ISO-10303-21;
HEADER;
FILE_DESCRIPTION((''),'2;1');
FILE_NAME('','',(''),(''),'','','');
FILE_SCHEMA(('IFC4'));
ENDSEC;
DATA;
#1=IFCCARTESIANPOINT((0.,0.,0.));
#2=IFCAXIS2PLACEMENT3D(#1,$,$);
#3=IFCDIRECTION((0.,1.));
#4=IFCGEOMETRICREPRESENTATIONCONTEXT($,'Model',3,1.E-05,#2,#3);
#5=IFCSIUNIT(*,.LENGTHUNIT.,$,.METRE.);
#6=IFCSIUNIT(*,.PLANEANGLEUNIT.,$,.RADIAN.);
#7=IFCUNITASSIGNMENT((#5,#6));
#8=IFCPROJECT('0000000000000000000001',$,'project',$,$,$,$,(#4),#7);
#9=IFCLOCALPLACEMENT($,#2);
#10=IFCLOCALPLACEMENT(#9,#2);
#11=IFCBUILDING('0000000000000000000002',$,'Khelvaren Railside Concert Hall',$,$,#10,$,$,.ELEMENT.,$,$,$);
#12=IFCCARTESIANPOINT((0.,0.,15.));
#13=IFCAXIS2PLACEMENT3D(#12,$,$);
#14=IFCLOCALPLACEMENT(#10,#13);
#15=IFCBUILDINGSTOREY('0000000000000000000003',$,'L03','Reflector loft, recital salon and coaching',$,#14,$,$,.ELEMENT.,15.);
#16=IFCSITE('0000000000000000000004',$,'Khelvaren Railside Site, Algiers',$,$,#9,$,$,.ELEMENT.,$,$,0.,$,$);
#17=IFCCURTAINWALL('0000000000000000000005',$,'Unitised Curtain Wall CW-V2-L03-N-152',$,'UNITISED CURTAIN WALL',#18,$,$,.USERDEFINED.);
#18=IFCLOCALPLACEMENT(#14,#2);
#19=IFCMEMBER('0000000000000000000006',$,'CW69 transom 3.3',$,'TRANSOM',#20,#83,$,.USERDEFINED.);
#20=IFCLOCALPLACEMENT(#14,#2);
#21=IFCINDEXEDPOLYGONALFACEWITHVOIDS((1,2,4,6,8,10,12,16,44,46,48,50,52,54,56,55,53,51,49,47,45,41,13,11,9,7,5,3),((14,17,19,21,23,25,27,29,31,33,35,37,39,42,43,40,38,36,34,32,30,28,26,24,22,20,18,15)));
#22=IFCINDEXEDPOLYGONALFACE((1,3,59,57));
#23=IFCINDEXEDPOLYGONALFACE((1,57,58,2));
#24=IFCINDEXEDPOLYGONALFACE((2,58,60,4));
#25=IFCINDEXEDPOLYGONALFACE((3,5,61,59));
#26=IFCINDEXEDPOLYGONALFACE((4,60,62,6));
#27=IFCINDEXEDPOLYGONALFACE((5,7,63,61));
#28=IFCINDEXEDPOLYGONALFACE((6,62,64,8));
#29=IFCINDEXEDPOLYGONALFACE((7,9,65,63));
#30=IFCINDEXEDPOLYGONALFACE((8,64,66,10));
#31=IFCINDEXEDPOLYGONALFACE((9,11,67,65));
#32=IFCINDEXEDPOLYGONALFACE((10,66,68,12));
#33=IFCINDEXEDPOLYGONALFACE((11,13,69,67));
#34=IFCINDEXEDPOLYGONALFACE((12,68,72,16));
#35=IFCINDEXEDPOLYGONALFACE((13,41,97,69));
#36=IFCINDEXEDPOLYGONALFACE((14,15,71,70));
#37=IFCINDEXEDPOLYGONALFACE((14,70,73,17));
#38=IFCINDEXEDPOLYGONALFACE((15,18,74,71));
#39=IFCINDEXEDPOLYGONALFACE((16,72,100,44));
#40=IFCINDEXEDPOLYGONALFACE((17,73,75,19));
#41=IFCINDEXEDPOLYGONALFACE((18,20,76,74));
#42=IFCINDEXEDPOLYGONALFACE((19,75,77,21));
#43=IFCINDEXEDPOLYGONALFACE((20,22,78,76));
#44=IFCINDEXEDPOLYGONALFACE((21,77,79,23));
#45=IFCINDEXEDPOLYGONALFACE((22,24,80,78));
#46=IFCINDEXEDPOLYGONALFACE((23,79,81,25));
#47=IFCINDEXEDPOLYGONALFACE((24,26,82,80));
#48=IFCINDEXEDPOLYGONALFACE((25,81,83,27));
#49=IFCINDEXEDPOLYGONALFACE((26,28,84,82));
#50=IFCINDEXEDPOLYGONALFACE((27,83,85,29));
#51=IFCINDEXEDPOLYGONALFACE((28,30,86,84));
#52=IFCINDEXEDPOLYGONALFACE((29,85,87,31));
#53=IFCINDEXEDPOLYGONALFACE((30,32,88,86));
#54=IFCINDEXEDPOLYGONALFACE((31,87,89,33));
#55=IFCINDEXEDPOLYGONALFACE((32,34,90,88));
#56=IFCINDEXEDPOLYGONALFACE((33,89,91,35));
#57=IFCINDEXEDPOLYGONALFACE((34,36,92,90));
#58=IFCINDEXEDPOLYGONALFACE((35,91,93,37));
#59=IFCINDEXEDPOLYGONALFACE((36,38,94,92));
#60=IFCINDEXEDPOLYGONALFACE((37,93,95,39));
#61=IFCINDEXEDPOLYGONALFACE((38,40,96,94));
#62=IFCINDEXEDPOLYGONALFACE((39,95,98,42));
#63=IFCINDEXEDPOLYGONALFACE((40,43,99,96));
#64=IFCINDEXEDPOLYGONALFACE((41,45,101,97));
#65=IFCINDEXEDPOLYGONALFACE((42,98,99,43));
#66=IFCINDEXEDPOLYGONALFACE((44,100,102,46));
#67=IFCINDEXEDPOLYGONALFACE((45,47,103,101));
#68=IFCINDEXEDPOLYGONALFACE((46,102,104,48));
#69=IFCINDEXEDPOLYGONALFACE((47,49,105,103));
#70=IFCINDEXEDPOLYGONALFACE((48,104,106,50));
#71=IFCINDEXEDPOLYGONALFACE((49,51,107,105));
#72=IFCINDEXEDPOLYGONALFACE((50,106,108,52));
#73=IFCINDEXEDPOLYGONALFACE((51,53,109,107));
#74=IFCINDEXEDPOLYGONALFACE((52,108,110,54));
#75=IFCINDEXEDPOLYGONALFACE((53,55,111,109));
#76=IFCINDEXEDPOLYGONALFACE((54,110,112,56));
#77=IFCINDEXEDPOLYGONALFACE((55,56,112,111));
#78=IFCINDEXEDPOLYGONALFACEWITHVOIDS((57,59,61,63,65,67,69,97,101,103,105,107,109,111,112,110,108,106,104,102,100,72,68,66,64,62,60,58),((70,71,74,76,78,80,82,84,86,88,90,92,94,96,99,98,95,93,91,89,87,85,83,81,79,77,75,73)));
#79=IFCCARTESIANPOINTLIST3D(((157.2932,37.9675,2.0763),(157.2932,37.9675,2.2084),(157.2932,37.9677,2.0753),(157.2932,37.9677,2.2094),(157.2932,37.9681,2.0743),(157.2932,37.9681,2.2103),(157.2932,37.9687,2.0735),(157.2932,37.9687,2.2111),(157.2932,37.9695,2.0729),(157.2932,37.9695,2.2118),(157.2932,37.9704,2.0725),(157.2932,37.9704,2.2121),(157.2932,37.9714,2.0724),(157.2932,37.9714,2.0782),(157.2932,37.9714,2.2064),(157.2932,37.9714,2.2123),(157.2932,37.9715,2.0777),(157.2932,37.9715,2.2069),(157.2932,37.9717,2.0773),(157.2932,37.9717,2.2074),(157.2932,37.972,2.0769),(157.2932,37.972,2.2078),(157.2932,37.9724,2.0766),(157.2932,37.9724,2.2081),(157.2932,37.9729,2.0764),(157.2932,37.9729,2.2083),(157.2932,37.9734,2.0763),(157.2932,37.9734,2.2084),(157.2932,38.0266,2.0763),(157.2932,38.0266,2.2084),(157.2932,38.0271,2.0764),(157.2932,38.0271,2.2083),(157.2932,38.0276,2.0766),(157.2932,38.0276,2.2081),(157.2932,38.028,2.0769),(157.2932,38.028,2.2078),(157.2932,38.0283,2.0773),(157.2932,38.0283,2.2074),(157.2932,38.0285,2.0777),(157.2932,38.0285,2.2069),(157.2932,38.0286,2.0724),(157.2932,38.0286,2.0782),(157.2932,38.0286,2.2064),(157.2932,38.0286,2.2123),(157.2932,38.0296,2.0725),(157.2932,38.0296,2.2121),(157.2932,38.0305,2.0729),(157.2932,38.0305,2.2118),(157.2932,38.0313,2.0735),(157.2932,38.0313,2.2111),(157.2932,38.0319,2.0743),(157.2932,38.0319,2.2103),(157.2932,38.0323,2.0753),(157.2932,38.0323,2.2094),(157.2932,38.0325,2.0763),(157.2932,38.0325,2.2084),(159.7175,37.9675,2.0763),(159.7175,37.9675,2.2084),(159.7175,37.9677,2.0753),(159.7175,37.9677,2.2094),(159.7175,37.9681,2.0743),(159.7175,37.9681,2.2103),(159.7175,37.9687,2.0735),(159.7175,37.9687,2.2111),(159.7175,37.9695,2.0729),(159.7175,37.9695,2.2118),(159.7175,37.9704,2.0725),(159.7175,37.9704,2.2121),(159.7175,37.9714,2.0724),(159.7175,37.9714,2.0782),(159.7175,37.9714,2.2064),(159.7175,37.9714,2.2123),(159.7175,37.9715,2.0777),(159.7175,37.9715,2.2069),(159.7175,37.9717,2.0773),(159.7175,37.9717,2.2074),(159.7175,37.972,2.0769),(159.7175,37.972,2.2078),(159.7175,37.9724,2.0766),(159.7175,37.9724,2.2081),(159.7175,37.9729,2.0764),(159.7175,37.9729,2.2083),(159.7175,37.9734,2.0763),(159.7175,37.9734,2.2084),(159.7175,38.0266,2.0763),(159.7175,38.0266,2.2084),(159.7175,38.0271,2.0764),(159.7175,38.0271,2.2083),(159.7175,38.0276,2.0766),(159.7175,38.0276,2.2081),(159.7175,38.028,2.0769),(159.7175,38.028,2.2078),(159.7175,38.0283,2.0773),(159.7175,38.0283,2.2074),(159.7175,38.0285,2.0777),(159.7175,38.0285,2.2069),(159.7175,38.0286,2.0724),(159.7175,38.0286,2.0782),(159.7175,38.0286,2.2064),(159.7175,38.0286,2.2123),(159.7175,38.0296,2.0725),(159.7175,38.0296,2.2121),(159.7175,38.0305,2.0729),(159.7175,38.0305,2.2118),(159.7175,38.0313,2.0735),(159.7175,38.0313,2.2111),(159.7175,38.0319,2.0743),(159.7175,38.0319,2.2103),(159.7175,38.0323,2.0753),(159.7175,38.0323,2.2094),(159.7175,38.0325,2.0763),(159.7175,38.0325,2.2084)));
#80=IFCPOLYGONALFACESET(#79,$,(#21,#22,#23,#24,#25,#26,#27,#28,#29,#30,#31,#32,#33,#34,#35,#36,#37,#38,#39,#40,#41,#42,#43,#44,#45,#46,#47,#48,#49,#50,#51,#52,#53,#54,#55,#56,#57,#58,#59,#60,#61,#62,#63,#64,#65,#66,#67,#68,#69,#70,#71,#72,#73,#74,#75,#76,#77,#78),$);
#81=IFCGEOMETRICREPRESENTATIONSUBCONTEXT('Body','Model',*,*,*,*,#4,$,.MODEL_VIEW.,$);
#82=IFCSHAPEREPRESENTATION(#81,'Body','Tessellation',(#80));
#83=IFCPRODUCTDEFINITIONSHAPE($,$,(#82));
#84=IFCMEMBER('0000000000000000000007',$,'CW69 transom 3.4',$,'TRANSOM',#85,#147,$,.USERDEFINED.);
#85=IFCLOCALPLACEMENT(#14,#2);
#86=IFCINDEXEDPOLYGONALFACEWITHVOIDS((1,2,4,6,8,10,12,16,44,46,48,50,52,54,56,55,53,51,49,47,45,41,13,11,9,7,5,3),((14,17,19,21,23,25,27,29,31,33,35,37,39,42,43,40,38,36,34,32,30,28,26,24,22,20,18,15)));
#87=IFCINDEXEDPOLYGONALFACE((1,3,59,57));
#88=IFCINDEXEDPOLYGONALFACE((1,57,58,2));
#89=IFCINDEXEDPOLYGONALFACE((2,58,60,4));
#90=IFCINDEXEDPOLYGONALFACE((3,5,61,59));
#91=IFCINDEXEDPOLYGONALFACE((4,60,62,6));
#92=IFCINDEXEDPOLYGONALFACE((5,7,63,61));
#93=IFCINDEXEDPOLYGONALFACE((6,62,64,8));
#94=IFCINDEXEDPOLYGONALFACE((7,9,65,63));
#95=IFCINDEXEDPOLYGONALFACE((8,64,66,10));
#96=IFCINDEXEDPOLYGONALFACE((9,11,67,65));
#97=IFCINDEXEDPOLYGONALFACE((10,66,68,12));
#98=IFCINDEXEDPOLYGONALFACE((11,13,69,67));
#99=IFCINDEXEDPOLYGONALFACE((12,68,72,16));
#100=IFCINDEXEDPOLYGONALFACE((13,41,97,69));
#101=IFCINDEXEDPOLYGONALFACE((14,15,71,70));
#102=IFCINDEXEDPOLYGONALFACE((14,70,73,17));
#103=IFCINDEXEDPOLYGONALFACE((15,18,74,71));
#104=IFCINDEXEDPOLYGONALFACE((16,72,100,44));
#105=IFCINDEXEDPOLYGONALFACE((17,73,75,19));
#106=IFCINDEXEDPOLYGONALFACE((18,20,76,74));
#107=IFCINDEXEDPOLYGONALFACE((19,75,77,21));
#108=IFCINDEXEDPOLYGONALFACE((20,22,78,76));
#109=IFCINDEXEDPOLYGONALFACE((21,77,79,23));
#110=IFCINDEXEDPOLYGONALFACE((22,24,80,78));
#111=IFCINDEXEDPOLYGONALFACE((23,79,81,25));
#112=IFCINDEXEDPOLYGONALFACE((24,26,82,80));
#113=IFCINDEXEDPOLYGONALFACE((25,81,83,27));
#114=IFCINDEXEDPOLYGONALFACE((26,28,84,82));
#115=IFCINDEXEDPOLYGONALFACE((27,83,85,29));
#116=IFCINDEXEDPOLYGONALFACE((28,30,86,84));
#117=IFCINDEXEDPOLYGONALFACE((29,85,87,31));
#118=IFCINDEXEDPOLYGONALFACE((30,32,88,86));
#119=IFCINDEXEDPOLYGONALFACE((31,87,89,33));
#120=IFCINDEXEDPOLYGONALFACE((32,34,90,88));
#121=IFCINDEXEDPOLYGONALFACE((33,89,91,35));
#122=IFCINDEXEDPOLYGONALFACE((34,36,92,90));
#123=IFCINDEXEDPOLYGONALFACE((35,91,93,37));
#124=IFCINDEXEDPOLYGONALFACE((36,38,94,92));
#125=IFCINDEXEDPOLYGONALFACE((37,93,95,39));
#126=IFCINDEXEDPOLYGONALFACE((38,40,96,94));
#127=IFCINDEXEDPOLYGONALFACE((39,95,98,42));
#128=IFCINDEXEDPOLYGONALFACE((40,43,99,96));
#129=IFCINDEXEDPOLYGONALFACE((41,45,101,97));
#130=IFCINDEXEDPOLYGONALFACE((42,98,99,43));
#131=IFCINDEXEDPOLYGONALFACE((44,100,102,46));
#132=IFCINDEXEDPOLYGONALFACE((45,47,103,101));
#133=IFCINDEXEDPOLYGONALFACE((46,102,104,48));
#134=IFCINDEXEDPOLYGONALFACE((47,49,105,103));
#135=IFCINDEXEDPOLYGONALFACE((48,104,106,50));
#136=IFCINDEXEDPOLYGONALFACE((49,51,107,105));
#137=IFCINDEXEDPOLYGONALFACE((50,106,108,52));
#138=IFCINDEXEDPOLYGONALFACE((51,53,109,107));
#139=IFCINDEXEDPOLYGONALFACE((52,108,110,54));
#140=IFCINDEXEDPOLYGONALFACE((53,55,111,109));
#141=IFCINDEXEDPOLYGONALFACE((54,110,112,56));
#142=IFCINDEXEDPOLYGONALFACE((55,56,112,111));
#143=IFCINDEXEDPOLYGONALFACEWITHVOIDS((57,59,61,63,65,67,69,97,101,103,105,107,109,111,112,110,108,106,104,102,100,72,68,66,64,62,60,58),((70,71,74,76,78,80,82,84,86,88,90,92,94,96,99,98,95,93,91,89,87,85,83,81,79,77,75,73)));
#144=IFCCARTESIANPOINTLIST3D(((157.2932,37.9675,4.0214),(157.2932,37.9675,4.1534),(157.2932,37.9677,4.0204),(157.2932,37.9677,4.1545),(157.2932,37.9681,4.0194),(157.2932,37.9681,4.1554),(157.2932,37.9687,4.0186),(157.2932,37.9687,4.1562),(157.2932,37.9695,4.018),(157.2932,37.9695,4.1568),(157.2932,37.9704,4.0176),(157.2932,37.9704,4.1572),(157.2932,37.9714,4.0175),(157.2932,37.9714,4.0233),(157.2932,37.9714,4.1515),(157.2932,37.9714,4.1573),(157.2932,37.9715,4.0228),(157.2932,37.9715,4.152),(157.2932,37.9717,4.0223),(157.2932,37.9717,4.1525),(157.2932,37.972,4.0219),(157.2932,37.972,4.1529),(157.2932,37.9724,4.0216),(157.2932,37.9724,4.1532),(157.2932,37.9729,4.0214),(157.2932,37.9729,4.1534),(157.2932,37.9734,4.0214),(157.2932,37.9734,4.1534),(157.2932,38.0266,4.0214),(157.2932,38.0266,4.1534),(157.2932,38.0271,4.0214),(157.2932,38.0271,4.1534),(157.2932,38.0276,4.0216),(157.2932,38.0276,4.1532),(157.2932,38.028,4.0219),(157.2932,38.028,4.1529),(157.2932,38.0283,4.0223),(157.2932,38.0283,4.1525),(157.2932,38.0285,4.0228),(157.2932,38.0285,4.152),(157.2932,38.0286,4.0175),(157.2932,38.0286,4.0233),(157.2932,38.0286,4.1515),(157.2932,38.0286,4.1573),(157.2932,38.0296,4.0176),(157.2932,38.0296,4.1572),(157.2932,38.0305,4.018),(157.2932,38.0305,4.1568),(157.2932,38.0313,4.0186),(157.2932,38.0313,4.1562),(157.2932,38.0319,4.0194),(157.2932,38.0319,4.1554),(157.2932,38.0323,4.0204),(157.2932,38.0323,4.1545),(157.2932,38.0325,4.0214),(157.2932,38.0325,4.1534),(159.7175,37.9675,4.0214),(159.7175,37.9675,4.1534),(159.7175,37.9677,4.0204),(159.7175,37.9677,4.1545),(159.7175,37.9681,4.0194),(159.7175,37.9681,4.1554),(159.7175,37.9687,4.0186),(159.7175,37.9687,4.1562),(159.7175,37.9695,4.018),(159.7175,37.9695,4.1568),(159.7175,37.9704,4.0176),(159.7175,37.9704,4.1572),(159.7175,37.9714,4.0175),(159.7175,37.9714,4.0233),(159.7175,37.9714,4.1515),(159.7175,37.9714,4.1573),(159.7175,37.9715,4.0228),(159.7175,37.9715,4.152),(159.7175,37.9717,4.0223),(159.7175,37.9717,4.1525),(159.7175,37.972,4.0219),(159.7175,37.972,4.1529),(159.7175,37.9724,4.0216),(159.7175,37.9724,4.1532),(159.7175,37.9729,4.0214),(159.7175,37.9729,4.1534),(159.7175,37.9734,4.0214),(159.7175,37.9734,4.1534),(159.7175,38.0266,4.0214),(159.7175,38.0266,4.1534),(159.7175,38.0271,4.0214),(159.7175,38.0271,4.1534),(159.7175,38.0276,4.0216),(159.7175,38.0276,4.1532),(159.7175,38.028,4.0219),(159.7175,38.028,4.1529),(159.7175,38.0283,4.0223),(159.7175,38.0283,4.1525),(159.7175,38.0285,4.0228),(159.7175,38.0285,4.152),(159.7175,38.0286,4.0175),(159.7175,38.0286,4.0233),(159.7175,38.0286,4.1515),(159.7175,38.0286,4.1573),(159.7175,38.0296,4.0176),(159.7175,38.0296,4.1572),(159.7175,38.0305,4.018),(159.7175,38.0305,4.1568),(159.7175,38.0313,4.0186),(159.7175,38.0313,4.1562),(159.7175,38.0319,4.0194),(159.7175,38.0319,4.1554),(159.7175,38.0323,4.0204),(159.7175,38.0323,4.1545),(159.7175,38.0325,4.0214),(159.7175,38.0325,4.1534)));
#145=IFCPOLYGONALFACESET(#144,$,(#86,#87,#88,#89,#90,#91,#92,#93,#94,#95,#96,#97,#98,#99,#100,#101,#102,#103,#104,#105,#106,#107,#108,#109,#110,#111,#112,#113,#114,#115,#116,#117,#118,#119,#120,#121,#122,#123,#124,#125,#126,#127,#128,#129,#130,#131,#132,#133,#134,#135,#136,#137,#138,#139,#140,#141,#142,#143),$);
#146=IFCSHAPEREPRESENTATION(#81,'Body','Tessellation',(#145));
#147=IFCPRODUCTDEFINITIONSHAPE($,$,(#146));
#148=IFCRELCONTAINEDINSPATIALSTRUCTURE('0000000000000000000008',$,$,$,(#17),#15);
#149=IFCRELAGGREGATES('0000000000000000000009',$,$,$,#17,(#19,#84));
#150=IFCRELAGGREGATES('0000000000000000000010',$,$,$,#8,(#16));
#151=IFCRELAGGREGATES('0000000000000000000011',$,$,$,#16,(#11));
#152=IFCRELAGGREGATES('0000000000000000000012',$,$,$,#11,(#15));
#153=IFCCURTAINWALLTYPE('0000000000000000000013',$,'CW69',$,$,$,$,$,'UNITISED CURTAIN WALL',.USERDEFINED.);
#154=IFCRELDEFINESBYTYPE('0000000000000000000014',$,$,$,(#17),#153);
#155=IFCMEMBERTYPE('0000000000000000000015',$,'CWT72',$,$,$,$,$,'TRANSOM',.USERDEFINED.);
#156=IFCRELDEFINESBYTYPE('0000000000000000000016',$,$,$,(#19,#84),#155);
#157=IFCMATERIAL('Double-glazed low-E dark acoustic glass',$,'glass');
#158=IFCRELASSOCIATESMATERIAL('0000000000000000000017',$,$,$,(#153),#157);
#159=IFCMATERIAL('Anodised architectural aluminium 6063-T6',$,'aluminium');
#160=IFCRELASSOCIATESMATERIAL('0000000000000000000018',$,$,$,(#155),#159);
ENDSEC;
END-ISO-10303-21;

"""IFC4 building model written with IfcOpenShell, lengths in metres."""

from ifc_helpers import new_model, si_unit, direction, frame, origin, origin_2d, place, context, subcontext, project, spatial, hollow_rectangle, extrude, material, material_profile, profile_set, type_object, element, aggregate, save


model = new_model("IFC4")

# Units and contexts
model_context = context("Model", 3, precision=1e-05, world=origin(), true_north=direction((0.0, 1.0)))
body_context = subcontext(model_context, "Body", "Model", "MODEL_VIEW")
ifc_project = project(units=[si_unit("LENGTHUNIT", "METRE"), si_unit("PLANEANGLEUNIT", "RADIAN")], contexts=[model_context])

# Site, building, storey
site_placement = place(None, origin())
site = spatial("IfcSite", under=ifc_project, at=site_placement, Name="Khelvaren Railside Site, Algiers", CompositionType="ELEMENT", RefElevation=0.0)
building_placement = place(site_placement, origin())
building = spatial("IfcBuilding", under=site, at=building_placement, Name="Khelvaren Railside Concert Hall", CompositionType="ELEMENT")
storey_placement = place(building_placement, frame((0.0, 0.0, 15.0)))
storey = spatial("IfcBuildingStorey", under=building, at=storey_placement, Name="L03", Description="Reflector loft, recital salon and coaching", CompositionType="ELEMENT", Elevation=15.0)

# Curtain wall
ifc_material_1 = material(Name="Double-glazed low-E dark acoustic glass", Category="glass")
curtain_wall_type_1 = type_object("IfcCurtainWallType", Name="CW69", ElementType="UNITISED CURTAIN WALL", PredefinedType="USERDEFINED", material=ifc_material_1)
curtain_wall_1_placement = place(storey_placement, origin())
curtain_wall_1 = element("IfcCurtainWall", 1, at=curtain_wall_1_placement, inside=storey, type_object=curtain_wall_type_1, Name="Unitised Curtain Wall CW-V2-L03-N-152", ObjectType="UNITISED CURTAIN WALL", PredefinedType="USERDEFINED")
ifc_material_2 = material(Name="Anodised architectural aluminium 6063-T6", Category="aluminium")

# Members
ifc_material_profile_1 = material_profile(ifc_material_2, hollow_rectangle(XDim=0.0649, YDim=0.1399, WallThickness=0.0039, InnerFilletRadius=0.002, OuterFilletRadius=0.0039, at=origin_2d()), Name="CWT 65x140x4")
ifc_profile_set_1 = profile_set([ifc_material_profile_1], Name="Anodised architectural aluminium 6063-T6")
member_type_1 = type_object("IfcMemberType", Name="CWT72", ElementType="TRANSOM", PredefinedType="USERDEFINED", material=ifc_profile_set_1)
member_1_placement = place(storey_placement, frame((157.2932, 38.0, 2.1423), z_axis=(1.0, 0.0, 0.0), x_axis=(0.0, 1.0, 0.0)))
member_1 = element("IfcMember", 2, at=member_1_placement, type_object=member_type_1, Name="CW69 transom 3.3", ObjectType="TRANSOM", PredefinedType="USERDEFINED", context=body_context, shape_type="SweptSolid", body=[
    extrude(hollow_rectangle(XDim=0.0649, YDim=0.1399, WallThickness=0.0039, InnerFilletRadius=0.002, OuterFilletRadius=0.0039, at=origin_2d()), origin(), (0.0, 0.0, 1.0), 2.4243),
])
member_2_placement = place(storey_placement, frame((157.2932, 38.0, 4.0874), z_axis=(1.0, 0.0, 0.0), x_axis=(0.0, 1.0, 0.0)))
member_2 = element("IfcMember", 3, at=member_2_placement, type_object=member_type_1, Name="CW69 transom 3.4", ObjectType="TRANSOM", PredefinedType="USERDEFINED", context=body_context, shape_type="SweptSolid", body=[
    extrude(hollow_rectangle(XDim=0.0649, YDim=0.1399, WallThickness=0.0039, InnerFilletRadius=0.002, OuterFilletRadius=0.0039, at=origin_2d()), origin(), (0.0, 0.0, 1.0), 2.4243),
])

aggregate(curtain_wall_1, [member_1, member_2])

save(model, "model.ifc")
